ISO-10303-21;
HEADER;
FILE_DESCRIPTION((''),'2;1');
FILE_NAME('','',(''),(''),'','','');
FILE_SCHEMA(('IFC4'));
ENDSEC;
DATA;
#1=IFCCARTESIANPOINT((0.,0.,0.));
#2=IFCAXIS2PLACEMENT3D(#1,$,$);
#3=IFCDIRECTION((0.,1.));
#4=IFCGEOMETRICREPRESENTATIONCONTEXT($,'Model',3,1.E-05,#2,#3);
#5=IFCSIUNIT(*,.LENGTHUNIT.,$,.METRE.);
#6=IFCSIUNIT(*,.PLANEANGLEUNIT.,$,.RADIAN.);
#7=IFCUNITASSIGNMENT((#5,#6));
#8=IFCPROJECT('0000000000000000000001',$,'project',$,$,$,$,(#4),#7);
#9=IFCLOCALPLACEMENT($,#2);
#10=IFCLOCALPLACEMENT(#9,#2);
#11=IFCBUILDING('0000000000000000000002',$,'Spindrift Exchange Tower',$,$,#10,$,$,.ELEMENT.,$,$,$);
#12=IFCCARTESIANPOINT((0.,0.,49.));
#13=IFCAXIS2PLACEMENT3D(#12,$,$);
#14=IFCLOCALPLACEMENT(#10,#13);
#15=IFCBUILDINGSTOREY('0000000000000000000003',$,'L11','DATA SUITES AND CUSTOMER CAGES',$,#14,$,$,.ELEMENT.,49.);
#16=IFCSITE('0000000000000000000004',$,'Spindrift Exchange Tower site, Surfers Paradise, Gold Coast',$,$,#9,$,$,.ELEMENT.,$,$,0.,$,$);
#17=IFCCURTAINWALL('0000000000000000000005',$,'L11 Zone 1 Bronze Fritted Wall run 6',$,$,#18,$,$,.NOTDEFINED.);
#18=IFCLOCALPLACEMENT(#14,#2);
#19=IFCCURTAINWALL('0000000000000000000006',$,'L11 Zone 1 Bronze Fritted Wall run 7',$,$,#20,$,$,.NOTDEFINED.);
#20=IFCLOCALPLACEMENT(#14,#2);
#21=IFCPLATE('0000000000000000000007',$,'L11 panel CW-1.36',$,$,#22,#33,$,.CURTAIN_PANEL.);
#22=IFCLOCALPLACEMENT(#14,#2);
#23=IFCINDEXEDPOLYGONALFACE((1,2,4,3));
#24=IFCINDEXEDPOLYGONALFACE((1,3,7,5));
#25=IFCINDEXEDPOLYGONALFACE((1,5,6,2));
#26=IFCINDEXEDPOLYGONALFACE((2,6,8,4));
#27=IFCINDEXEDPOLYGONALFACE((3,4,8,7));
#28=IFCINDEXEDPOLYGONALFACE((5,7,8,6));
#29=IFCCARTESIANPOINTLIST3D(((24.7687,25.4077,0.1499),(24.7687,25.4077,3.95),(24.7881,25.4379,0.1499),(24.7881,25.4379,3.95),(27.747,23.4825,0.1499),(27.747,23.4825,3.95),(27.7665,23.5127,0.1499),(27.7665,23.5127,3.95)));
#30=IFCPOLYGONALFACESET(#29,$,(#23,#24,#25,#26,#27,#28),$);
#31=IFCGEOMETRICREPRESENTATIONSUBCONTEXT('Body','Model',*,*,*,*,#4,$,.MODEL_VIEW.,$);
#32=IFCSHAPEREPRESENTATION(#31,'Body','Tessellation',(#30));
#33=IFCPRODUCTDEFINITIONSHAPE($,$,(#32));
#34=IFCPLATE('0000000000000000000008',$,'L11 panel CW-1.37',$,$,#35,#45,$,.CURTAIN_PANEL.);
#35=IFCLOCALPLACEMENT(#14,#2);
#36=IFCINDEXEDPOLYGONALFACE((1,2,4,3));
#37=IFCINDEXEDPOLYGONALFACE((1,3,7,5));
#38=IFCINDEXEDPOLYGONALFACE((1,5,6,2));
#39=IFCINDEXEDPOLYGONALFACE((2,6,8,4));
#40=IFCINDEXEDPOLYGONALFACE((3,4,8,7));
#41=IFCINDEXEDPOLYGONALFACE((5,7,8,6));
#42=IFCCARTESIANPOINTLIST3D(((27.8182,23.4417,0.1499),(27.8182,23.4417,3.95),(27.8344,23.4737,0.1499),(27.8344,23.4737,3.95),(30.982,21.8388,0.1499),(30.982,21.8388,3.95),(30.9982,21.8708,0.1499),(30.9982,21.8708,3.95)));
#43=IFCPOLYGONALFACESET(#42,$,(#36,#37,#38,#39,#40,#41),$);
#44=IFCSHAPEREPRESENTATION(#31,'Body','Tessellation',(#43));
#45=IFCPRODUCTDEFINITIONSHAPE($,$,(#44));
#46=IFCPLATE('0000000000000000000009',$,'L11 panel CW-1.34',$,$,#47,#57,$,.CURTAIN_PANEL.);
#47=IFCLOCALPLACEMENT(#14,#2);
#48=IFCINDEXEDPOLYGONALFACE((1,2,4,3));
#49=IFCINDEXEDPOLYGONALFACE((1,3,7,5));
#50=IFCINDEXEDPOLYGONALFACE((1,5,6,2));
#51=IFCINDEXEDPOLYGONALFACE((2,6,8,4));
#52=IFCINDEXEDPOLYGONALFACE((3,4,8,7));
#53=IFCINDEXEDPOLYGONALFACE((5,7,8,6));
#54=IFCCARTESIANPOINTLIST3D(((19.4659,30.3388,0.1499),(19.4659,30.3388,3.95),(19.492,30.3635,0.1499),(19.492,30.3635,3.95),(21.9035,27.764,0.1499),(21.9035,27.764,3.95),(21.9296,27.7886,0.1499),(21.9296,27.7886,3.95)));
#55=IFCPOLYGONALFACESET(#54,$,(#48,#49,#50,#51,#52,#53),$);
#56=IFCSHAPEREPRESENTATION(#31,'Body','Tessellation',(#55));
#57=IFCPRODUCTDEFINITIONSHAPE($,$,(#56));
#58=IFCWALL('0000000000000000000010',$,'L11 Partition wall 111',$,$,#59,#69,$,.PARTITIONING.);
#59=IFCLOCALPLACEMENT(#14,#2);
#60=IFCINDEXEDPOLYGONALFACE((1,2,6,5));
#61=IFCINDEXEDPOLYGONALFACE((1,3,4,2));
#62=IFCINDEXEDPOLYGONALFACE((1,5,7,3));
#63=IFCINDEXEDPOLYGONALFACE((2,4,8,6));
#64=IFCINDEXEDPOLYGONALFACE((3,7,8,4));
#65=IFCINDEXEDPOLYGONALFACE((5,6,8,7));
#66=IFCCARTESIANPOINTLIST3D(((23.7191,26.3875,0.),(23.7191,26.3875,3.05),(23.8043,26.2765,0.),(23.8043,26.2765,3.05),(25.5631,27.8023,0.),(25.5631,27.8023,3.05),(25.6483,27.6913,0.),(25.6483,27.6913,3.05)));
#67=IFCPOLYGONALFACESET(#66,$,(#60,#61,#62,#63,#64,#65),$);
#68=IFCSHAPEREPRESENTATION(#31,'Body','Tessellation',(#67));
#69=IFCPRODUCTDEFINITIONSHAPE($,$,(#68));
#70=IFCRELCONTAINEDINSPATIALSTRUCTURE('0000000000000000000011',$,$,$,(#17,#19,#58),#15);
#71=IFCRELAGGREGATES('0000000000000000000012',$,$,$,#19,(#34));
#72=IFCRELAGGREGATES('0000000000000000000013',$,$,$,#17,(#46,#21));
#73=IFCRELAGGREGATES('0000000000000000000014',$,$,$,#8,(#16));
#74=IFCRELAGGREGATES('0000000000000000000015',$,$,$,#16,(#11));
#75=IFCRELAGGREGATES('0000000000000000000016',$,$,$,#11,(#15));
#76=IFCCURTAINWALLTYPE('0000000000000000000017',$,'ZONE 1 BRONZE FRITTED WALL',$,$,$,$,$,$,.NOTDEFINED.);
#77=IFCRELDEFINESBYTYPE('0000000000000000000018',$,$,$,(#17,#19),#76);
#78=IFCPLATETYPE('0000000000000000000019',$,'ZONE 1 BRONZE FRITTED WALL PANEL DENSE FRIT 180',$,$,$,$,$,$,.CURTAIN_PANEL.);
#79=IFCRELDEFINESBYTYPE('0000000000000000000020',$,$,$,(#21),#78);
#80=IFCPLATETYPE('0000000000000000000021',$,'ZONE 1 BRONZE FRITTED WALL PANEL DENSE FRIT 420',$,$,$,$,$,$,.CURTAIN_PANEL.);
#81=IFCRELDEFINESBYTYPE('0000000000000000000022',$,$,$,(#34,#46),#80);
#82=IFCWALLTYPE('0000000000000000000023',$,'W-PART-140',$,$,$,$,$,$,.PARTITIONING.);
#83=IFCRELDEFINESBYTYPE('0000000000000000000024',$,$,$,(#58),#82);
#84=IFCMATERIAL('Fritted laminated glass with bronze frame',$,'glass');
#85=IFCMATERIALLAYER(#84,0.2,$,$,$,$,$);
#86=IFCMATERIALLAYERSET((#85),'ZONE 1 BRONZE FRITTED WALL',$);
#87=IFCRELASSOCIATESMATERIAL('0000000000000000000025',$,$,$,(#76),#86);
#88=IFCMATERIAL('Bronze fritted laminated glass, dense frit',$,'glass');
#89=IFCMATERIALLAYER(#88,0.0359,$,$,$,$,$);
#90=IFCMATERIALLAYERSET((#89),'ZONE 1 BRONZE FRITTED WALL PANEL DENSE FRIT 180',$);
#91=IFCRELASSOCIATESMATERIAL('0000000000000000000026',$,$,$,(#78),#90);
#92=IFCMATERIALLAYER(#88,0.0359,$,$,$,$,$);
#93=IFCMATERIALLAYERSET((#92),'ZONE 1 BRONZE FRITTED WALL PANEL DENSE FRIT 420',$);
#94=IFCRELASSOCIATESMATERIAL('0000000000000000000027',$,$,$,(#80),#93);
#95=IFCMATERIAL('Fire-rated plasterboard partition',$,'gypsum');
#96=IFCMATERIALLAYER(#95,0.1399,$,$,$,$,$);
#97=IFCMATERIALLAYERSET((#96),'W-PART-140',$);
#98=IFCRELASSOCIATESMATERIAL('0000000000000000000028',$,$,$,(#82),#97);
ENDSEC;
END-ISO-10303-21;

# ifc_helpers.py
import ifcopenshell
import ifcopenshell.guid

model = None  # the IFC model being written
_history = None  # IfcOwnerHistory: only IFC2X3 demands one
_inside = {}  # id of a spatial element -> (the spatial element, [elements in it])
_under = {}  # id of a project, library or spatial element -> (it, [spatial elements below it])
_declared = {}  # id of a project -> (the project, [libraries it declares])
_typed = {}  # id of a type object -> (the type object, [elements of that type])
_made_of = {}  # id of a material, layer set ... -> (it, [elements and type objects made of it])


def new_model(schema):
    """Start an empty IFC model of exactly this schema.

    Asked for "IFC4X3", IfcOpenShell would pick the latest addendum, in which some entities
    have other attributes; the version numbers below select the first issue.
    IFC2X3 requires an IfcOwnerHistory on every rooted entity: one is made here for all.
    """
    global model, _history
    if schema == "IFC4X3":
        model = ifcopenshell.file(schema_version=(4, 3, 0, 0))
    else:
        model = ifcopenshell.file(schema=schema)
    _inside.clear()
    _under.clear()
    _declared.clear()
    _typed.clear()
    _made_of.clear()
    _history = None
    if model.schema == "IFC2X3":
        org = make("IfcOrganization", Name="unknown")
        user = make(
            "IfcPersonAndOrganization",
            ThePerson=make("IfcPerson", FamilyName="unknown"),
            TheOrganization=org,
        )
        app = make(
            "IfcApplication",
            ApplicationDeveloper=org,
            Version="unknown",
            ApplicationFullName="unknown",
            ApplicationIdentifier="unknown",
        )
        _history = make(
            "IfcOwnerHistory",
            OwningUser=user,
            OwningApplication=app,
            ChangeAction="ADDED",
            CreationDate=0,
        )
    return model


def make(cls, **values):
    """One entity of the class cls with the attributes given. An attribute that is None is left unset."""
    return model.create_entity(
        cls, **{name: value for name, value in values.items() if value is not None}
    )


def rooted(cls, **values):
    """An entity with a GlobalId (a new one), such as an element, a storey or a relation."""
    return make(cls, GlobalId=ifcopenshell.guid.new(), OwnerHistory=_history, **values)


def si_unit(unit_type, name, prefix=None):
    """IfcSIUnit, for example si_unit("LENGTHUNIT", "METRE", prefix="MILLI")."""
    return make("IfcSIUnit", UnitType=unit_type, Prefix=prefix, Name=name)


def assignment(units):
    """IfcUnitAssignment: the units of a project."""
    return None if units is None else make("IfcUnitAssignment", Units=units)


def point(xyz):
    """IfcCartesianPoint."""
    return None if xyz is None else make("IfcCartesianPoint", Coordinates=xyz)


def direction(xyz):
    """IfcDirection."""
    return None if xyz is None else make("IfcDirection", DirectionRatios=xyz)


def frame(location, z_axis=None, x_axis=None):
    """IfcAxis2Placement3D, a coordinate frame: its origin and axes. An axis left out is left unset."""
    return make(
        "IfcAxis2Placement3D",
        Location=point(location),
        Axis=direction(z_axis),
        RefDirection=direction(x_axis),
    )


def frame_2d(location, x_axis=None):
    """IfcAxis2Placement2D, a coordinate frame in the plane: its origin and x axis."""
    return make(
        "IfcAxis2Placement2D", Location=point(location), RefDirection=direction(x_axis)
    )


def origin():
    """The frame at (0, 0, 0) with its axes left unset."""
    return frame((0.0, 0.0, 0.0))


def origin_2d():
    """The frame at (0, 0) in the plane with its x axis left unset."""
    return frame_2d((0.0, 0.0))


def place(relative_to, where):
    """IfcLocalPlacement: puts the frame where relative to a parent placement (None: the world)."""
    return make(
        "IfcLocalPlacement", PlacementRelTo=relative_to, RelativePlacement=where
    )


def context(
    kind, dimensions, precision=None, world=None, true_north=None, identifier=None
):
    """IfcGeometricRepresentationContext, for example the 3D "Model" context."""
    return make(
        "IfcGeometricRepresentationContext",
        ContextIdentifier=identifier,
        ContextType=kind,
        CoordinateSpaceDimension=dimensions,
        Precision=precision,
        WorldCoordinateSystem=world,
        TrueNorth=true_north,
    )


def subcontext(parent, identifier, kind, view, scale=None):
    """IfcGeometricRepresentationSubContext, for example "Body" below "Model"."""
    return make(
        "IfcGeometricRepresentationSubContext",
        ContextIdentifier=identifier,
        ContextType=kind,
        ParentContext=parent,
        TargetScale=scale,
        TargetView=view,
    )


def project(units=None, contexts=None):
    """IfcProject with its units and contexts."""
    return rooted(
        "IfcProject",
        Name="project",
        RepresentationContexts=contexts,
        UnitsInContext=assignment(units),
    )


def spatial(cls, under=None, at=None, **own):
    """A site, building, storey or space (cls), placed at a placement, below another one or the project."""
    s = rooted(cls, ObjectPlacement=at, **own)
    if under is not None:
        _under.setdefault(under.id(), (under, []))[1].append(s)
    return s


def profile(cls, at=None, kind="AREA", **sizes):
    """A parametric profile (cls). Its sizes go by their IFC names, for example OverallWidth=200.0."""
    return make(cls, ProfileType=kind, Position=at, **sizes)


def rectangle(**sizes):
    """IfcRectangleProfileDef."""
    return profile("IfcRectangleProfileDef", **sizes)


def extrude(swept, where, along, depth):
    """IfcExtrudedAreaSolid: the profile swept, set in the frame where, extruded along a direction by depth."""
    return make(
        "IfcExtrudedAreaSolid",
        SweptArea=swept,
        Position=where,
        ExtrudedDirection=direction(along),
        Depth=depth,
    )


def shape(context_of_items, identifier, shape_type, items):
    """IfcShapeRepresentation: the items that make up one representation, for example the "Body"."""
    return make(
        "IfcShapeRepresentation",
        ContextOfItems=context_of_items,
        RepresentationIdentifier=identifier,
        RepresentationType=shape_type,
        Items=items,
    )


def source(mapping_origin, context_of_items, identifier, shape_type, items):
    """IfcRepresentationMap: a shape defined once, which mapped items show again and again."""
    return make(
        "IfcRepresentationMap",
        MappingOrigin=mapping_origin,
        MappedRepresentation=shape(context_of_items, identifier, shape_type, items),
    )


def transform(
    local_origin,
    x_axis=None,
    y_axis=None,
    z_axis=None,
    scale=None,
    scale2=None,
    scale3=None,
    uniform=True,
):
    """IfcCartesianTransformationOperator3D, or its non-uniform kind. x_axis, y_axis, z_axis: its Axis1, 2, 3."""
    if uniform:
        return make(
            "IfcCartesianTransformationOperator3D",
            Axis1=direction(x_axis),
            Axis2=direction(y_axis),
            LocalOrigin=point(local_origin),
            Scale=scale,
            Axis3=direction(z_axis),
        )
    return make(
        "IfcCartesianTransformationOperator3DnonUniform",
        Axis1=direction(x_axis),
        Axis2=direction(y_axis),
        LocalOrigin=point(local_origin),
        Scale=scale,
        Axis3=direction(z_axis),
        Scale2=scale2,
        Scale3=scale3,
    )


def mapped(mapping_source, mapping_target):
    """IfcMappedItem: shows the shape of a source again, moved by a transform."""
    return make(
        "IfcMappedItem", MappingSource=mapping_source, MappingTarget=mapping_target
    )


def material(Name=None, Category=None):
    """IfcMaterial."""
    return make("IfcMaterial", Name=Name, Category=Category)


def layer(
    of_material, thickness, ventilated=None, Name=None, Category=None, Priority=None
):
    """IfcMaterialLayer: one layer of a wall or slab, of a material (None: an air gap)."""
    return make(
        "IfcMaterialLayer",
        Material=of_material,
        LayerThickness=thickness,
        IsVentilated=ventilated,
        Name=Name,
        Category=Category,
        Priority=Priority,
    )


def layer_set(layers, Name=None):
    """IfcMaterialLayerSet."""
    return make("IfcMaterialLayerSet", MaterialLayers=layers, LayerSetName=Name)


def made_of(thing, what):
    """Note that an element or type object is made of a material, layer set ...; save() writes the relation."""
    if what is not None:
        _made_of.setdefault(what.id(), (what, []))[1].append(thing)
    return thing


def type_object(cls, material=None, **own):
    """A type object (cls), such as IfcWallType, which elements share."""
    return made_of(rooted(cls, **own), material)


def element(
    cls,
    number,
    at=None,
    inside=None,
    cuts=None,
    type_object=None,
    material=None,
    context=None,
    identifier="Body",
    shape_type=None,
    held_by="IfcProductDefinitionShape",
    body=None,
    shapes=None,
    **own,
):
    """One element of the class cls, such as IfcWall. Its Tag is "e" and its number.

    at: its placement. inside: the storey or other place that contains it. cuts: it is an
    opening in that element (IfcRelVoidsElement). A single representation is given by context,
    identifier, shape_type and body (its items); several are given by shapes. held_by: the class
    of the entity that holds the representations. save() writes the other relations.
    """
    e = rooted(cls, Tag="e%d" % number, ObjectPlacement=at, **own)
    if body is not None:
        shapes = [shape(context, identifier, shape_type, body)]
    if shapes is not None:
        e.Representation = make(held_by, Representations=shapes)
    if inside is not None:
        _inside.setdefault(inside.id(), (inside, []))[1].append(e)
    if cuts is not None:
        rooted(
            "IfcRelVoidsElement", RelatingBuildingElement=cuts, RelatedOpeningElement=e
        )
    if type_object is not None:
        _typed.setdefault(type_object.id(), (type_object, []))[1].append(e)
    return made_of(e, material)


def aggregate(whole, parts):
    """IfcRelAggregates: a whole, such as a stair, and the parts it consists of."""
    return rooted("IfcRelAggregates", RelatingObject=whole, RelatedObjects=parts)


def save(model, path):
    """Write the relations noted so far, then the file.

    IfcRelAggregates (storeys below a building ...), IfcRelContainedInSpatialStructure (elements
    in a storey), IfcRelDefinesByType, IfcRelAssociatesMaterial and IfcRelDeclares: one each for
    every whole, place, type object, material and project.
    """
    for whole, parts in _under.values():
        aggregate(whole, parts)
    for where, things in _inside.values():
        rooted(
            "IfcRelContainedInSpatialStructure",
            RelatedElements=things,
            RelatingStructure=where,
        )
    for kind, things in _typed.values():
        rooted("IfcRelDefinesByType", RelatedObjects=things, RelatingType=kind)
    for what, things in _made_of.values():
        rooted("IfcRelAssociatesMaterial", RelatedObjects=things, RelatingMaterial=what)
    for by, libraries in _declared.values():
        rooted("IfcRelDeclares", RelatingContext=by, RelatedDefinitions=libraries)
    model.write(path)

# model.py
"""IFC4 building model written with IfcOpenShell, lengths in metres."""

from ifc_helpers import new_model, si_unit, direction, frame, frame_2d, origin, origin_2d, place, context, subcontext, project, spatial, rectangle, extrude, source, transform, mapped, material, layer, layer_set, type_object, element, aggregate, save


model = new_model("IFC4")

# Units and contexts
model_context = context("Model", 3, precision=1e-05, world=origin(), true_north=direction((0.0, 1.0)))
body_context = subcontext(model_context, "Body", "Model", "MODEL_VIEW")
ifc_project = project(units=[si_unit("LENGTHUNIT", "METRE"), si_unit("PLANEANGLEUNIT", "RADIAN")], contexts=[model_context])

# Site, building, storey
site_placement = place(None, origin())
site = spatial("IfcSite", under=ifc_project, at=site_placement, Name="Spindrift Exchange Tower site, Surfers Paradise, Gold Coast", CompositionType="ELEMENT", RefElevation=0.0)
building_placement = place(site_placement, origin())
building = spatial("IfcBuilding", under=site, at=building_placement, Name="Spindrift Exchange Tower", CompositionType="ELEMENT")
storey_placement = place(building_placement, frame((0.0, 0.0, 49.0)))
storey = spatial("IfcBuildingStorey", under=building, at=storey_placement, Name="L11", Description="DATA SUITES AND CUSTOMER CAGES", CompositionType="ELEMENT", Elevation=49.0)

# Curtain walls
ifc_material_1 = material(Name="Fritted laminated glass with bronze frame", Category="glass")
ifc_layer_1 = layer(ifc_material_1, 0.2)
ifc_layer_set_1 = layer_set([ifc_layer_1], Name="ZONE 1 BRONZE FRITTED WALL")
curtain_wall_type = type_object("IfcCurtainWallType", Name="ZONE 1 BRONZE FRITTED WALL", PredefinedType="NOTDEFINED", material=ifc_layer_set_1)
curtain_wall_1_placement = place(storey_placement, origin())
curtain_wall_1 = element("IfcCurtainWall", 1, at=curtain_wall_1_placement, inside=storey, type_object=curtain_wall_type, Name="L11 Zone 1 Bronze Fritted Wall run 6", PredefinedType="NOTDEFINED")
curtain_wall_2_placement = place(storey_placement, origin())
curtain_wall_2 = element("IfcCurtainWall", 2, at=curtain_wall_2_placement, inside=storey, type_object=curtain_wall_type, Name="L11 Zone 1 Bronze Fritted Wall run 7", PredefinedType="NOTDEFINED")

# Plates
ifc_material_2 = material(Name="Bronze fritted laminated glass, dense frit", Category="glass")
ifc_layer_2 = layer(ifc_material_2, 0.0359)
ifc_layer_set_2 = layer_set([ifc_layer_2], Name="ZONE 1 BRONZE FRITTED WALL PANEL DENSE FRIT 180")
plate_type_1 = type_object("IfcPlateType", Name="ZONE 1 BRONZE FRITTED WALL PANEL DENSE FRIT 180", PredefinedType="CURTAIN_PANEL", material=ifc_layer_set_2)
ifc_layer_3 = layer(ifc_material_2, 0.0359)
ifc_layer_set_3 = layer_set([ifc_layer_3], Name="ZONE 1 BRONZE FRITTED WALL PANEL DENSE FRIT 420")
plate_type_2 = type_object("IfcPlateType", Name="ZONE 1 BRONZE FRITTED WALL PANEL DENSE FRIT 420", PredefinedType="CURTAIN_PANEL", material=ifc_layer_set_3)
shared_shape_1 = source(origin(), body_context, "Body", "SweptSolid", [
    extrude(rectangle(XDim=3.5464, YDim=0.0359, at=origin_2d()), origin(), (0.0, 0.0, 1.0), 3.8),
])
plate_1_placement = place(storey_placement, frame((26.2676, 24.4602, 0.1499), z_axis=(0.0, 0.0, 1.0), x_axis=(0.839824, -0.542859, 0.0)))
plate_1 = element("IfcPlate", 3, at=plate_1_placement, type_object=plate_type_1, Name="L11 panel CW-1.36", PredefinedType="CURTAIN_PANEL", context=body_context, shape_type="MappedRepresentation", body=[
    mapped(shared_shape_1, transform((0.0, 0.0, 0.0), scale=1.0)),
])
shared_shape_2 = source(origin(), body_context, "Body", "SweptSolid", [
    extrude(rectangle(XDim=3.5466, YDim=0.0359, at=origin_2d()), origin(), (0.0, 0.0, 1.0), 3.8),
])
plate_2_placement = place(storey_placement, frame((29.4082, 22.6562, 0.1499), z_axis=(0.0, 0.0, 1.0), x_axis=(0.892043, -0.451951, 0.0)))
plate_2 = element("IfcPlate", 4, at=plate_2_placement, type_object=plate_type_2, Name="L11 panel CW-1.37", PredefinedType="CURTAIN_PANEL", context=body_context, shape_type="MappedRepresentation", body=[
    mapped(shared_shape_2, transform((0.0, 0.0, 0.0), scale=1.0)),
])
aggregate(curtain_wall_2, [plate_2])
shared_shape_3 = source(origin(), body_context, "Body", "SweptSolid", [
    extrude(rectangle(XDim=3.5457, YDim=0.0359, at=origin_2d()), origin(), (0.0, 0.0, 1.0), 3.8),
])
plate_3_placement = place(storey_placement, frame((20.6978, 29.0637, 0.1499), z_axis=(0.0, 0.0, 1.0), x_axis=(0.687481, -0.726203, 0.0)))
plate_3 = element("IfcPlate", 5, at=plate_3_placement, type_object=plate_type_2, Name="L11 panel CW-1.34", PredefinedType="CURTAIN_PANEL", context=body_context, shape_type="MappedRepresentation", body=[
    mapped(shared_shape_3, transform((0.0, 0.0, 0.0), scale=1.0)),
])
aggregate(curtain_wall_1, [plate_3, plate_1])

# Wall
ifc_material_3 = material(Name="Fire-rated plasterboard partition", Category="gypsum")
ifc_layer_4 = layer(ifc_material_3, 0.1399)
ifc_layer_set_4 = layer_set([ifc_layer_4], Name="W-PART-140")
wall_type = type_object("IfcWallType", Name="W-PART-140", PredefinedType="PARTITIONING", material=ifc_layer_set_4)
wall_placement = place(storey_placement, frame((25.6057, 27.7468, 0.0), z_axis=(0.0, 0.0, 1.0), x_axis=(-0.793385, -0.60872, 0.0)))
element("IfcWall", 6, at=wall_placement, inside=storey, type_object=wall_type, Name="L11 Partition wall 111", PredefinedType="PARTITIONING", context=body_context, shape_type="SweptSolid", body=[
    extrude(rectangle(XDim=2.3242, YDim=0.1399, at=frame_2d((1.1621, 0.0))), origin(), (0.0, 0.0, 1.0), 3.05),
])

save(model, "model.ifc")
